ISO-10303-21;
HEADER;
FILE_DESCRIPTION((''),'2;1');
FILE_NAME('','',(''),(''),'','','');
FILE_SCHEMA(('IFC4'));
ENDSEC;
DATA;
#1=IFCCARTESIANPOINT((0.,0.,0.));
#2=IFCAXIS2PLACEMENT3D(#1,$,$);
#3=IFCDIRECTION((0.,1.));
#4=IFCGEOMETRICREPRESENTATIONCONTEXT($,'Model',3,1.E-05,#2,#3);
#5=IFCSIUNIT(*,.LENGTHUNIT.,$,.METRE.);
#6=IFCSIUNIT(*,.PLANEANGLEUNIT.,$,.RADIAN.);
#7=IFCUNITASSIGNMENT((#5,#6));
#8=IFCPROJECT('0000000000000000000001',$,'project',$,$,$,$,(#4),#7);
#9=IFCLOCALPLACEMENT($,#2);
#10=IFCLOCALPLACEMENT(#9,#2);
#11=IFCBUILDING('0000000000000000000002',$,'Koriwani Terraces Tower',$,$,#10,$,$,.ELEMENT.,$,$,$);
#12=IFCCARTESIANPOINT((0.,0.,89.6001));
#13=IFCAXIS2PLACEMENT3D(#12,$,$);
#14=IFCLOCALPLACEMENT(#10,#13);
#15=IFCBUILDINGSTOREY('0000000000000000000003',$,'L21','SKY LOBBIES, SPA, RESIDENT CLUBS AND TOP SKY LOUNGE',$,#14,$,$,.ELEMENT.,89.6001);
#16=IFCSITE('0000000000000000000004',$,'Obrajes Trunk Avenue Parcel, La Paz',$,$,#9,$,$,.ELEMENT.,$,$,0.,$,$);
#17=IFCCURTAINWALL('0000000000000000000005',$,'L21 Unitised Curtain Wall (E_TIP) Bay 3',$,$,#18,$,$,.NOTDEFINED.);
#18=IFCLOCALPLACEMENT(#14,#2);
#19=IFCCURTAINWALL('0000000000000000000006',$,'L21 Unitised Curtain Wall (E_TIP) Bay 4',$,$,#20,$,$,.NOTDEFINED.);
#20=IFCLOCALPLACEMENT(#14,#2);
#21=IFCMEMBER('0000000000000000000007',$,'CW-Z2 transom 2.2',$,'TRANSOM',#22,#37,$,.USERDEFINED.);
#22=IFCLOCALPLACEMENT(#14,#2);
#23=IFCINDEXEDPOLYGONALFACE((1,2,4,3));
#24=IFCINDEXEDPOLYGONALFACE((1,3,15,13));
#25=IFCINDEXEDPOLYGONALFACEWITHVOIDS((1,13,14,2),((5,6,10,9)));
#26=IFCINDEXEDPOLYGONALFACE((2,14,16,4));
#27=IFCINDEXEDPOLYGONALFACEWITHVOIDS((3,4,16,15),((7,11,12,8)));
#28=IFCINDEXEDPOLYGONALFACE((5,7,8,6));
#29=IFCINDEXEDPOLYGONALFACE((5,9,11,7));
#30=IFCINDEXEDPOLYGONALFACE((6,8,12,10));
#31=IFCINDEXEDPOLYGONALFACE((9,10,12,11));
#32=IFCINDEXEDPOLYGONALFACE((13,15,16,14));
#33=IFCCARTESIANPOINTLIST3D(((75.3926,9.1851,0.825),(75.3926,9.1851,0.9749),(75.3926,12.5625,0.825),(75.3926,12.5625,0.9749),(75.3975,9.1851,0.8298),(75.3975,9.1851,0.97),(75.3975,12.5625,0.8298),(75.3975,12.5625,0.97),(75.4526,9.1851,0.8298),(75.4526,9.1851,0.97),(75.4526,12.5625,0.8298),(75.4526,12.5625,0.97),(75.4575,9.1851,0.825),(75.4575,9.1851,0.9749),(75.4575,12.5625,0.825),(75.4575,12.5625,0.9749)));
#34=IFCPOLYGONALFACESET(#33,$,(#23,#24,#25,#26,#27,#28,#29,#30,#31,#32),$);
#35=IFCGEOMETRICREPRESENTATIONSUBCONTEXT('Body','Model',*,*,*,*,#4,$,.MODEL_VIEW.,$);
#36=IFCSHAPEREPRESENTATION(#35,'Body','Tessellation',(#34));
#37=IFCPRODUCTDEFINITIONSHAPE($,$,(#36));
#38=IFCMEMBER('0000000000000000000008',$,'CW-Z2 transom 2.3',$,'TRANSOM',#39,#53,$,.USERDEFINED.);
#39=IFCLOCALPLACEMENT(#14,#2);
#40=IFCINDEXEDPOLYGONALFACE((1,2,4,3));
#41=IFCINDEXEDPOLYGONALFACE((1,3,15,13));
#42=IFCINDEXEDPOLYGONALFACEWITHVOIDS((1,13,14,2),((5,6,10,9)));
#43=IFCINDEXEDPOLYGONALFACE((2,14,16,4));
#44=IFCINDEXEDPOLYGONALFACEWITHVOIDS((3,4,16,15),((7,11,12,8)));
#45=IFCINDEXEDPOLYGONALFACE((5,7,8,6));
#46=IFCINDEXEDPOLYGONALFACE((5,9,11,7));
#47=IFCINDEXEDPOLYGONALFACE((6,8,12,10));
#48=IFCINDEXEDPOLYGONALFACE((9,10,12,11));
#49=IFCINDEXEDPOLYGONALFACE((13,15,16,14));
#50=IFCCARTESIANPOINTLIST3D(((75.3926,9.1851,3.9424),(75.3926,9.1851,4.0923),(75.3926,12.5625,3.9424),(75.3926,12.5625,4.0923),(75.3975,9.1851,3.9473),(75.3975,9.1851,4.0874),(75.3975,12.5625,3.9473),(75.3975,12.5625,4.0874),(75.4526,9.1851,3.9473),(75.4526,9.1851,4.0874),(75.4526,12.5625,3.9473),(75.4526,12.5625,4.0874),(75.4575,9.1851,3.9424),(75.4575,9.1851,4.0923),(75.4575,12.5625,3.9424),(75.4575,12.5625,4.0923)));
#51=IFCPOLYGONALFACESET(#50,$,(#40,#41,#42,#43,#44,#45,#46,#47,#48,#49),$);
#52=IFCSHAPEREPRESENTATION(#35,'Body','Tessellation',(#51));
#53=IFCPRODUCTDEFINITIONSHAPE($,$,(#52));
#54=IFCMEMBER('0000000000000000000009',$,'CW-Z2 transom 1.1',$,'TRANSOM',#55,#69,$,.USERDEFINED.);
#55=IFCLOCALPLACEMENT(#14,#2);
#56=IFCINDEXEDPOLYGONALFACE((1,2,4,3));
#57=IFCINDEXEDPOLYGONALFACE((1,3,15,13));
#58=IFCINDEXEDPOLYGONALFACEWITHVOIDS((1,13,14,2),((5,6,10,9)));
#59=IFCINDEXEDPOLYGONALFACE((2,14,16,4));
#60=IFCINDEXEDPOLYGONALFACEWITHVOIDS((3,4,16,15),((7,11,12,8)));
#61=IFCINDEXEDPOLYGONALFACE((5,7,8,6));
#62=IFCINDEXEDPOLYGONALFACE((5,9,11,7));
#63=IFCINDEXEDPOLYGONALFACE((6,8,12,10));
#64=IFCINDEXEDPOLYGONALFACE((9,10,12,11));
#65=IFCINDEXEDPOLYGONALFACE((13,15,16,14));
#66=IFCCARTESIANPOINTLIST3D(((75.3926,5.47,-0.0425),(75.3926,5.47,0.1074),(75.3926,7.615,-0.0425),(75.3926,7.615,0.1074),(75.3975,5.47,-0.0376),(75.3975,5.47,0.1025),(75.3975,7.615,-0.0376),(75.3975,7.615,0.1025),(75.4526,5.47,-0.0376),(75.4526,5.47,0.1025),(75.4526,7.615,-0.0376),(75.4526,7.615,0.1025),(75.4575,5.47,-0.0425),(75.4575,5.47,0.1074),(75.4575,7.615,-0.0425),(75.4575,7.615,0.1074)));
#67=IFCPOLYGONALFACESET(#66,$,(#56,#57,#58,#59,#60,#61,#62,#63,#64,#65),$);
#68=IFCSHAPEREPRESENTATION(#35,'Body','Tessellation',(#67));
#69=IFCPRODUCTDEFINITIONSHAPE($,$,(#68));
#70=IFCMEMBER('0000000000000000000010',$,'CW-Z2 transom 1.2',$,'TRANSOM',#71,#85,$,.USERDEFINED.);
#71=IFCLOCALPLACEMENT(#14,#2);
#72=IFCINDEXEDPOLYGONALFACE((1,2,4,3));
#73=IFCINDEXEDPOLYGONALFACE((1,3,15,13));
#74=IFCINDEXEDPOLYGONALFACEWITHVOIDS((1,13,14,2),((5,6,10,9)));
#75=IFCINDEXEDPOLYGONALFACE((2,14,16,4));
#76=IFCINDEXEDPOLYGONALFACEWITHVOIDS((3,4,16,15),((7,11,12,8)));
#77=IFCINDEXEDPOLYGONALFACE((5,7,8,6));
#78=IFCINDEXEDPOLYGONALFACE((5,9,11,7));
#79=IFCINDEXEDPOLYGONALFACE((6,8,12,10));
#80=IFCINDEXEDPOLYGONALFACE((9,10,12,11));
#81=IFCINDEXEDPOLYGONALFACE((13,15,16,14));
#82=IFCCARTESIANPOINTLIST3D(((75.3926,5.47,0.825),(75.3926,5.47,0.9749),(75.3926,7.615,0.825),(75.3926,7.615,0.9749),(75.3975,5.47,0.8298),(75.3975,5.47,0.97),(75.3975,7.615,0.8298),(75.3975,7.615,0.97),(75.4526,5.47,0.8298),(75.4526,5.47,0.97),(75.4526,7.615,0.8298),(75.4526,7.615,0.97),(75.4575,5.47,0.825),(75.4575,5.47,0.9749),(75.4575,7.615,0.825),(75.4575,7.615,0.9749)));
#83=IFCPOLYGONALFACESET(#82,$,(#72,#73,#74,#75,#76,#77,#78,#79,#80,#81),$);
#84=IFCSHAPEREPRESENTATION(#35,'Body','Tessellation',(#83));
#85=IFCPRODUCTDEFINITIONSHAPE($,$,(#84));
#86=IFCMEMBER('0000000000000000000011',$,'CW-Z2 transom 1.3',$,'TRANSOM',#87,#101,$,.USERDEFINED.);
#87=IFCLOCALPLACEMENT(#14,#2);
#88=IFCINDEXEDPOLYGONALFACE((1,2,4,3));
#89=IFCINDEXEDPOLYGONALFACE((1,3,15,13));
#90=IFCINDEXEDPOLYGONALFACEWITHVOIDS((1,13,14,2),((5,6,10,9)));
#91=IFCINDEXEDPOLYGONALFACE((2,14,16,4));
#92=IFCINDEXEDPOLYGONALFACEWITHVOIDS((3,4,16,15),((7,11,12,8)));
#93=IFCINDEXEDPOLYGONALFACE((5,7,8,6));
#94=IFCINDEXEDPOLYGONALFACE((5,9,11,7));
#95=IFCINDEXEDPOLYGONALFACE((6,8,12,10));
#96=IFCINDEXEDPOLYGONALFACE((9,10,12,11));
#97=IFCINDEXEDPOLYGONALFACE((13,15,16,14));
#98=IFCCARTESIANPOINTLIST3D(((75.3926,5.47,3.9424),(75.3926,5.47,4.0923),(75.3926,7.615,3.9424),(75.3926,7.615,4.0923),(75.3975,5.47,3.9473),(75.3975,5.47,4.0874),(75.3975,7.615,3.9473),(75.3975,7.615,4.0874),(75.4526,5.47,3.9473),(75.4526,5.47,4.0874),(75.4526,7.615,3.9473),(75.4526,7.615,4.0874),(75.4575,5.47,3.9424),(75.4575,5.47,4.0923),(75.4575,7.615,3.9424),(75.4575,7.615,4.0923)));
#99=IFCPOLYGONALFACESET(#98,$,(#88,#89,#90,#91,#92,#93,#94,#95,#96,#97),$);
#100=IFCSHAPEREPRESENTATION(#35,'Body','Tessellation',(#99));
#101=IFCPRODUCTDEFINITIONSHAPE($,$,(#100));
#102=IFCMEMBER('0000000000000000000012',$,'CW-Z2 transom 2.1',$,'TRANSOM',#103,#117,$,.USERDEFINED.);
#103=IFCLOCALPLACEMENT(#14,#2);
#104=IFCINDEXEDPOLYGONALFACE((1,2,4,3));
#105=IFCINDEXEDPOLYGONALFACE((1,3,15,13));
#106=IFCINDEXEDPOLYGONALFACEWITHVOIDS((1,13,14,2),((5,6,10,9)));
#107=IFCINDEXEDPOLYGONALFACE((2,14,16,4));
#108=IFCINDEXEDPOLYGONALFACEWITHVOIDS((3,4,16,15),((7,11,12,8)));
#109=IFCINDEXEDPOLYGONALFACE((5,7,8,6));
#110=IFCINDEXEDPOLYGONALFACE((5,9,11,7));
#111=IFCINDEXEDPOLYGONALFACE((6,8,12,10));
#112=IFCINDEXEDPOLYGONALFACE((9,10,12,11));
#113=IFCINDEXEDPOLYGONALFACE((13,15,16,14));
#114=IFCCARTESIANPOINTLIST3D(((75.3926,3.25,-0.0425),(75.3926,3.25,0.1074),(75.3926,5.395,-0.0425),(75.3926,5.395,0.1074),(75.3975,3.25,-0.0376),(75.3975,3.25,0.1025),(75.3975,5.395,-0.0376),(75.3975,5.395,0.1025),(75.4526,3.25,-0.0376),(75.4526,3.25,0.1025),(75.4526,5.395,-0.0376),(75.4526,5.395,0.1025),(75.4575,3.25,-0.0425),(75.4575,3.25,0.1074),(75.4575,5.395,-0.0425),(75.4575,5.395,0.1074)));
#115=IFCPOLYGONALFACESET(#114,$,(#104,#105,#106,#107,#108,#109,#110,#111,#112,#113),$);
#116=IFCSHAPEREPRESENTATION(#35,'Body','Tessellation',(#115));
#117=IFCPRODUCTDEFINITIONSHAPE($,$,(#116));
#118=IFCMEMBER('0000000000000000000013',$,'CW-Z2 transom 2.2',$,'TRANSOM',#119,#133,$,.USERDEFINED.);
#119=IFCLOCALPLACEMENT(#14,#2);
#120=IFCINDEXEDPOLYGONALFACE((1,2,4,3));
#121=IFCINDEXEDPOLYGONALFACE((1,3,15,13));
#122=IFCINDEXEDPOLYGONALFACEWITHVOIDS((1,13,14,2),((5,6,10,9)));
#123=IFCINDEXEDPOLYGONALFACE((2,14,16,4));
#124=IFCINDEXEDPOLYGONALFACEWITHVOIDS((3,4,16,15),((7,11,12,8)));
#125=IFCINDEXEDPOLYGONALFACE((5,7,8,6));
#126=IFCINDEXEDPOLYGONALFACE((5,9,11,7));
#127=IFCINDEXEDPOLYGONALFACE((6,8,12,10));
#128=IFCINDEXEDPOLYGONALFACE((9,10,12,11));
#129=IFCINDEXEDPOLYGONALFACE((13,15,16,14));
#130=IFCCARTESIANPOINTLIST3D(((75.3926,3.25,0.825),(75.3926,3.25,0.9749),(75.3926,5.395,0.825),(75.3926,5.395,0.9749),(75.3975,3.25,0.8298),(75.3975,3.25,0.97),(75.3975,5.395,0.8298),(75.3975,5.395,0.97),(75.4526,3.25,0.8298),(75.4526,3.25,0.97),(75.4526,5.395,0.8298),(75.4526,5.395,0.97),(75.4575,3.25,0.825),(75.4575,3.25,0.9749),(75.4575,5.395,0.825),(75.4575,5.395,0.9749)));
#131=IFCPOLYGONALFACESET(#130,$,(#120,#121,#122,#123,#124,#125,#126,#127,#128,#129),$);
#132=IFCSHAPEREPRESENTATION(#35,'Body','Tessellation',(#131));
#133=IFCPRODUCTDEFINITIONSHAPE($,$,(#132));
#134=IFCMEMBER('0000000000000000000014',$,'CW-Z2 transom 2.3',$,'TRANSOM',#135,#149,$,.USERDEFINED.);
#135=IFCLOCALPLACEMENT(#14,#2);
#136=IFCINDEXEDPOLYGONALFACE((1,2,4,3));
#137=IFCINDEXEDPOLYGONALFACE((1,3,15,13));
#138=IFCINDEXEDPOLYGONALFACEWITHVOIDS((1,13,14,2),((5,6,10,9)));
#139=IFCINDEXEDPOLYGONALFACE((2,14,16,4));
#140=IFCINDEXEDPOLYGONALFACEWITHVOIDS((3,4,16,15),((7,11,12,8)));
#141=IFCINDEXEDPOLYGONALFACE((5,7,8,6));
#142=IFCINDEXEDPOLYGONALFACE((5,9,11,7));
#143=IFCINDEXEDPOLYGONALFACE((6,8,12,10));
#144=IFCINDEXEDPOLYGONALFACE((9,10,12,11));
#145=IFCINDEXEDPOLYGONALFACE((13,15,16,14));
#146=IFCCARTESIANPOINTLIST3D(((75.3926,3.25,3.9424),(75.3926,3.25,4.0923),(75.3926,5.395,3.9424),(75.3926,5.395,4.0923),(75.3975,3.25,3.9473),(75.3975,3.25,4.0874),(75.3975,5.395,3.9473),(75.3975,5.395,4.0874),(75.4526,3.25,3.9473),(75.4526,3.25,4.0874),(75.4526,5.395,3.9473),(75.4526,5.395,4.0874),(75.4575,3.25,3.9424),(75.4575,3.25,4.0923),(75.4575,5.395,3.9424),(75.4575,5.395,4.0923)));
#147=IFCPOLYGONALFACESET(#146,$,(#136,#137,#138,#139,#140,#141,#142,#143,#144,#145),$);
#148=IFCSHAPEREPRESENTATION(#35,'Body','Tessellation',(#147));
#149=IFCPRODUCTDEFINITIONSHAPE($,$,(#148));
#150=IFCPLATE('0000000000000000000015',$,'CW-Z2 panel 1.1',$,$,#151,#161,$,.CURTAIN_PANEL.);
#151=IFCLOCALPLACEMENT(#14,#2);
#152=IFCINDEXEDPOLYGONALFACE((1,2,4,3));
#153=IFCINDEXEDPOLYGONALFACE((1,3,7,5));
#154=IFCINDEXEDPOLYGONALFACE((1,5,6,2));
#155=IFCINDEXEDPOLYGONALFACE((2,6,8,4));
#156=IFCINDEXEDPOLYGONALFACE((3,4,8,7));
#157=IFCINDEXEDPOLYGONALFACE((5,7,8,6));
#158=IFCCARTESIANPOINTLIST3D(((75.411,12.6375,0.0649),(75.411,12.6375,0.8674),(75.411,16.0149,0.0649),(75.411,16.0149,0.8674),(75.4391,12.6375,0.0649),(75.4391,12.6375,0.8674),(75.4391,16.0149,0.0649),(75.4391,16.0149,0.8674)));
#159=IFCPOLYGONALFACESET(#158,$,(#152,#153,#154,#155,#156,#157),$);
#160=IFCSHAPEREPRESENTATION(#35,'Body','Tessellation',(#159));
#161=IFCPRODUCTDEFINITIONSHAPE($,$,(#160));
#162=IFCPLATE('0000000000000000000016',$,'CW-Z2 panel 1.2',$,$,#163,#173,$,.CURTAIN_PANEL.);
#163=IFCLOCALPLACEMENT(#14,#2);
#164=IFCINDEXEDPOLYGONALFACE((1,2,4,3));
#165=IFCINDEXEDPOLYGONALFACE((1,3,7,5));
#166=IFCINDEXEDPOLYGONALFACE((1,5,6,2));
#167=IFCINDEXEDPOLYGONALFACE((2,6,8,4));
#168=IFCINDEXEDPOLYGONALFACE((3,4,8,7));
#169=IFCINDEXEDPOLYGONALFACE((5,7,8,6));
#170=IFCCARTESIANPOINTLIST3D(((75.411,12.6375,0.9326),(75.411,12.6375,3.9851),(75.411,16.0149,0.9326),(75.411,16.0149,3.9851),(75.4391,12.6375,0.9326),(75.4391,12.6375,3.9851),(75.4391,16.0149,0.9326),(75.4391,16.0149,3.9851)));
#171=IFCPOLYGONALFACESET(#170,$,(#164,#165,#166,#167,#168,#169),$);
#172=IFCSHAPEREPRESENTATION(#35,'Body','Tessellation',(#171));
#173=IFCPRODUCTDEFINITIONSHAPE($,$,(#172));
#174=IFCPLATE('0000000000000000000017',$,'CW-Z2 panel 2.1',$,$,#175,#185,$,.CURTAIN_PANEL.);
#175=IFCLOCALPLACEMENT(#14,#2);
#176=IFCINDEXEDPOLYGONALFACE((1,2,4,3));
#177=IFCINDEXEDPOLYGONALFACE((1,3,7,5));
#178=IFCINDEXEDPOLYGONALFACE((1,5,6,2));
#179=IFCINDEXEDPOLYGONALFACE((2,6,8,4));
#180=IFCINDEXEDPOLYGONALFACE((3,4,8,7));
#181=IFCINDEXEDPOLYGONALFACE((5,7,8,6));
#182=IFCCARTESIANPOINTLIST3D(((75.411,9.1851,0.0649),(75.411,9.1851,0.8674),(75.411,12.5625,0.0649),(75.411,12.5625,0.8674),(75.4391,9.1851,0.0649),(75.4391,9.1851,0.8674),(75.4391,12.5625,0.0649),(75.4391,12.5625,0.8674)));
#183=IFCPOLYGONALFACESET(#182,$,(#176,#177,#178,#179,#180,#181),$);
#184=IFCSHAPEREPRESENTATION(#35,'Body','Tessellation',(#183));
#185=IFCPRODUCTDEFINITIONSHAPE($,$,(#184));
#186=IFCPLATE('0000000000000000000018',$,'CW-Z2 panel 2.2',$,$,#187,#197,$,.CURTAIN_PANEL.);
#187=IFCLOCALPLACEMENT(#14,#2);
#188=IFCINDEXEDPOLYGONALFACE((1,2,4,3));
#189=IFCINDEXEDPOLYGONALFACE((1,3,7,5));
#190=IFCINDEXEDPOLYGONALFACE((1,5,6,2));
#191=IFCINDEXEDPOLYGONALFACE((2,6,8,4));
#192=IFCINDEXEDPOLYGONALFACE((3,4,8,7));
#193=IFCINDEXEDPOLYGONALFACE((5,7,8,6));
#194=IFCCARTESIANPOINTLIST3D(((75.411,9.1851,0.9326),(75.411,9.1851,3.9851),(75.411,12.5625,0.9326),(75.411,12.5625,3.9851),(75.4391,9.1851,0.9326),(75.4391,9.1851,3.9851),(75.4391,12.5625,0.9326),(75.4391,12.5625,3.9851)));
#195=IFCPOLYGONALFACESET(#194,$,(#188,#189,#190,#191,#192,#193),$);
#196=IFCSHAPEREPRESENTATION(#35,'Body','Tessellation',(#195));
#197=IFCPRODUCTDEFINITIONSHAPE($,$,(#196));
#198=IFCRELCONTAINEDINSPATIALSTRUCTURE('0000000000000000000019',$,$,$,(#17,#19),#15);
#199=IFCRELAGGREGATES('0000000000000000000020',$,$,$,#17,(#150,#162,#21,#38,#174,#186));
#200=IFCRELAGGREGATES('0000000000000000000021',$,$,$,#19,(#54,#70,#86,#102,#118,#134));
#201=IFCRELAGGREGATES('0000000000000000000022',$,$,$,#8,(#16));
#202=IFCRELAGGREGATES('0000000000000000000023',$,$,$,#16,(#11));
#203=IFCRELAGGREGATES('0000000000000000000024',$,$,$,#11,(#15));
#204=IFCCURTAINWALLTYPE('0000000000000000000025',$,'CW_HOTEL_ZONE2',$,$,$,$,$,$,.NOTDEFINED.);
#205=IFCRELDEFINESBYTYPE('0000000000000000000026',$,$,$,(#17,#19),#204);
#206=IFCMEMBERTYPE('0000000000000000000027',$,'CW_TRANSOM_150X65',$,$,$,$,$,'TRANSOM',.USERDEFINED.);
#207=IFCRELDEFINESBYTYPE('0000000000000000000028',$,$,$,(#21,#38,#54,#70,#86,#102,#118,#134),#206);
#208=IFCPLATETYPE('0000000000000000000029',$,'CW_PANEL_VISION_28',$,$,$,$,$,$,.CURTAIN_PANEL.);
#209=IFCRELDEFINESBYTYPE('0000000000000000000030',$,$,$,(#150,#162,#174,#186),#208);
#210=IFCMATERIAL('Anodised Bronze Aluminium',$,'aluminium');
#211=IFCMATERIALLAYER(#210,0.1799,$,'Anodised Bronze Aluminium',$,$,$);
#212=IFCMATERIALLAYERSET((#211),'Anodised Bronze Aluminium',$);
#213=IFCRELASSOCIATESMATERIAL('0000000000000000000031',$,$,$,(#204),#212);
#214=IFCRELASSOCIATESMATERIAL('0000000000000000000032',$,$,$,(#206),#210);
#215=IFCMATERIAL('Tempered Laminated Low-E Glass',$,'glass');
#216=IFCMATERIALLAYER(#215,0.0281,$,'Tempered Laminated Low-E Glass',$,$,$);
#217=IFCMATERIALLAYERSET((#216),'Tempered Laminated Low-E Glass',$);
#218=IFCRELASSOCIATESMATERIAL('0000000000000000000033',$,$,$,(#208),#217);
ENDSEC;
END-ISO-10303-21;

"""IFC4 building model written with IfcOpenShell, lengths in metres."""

from ifc_helpers import new_model, si_unit, direction, frame, origin, origin_2d, place, context, subcontext, project, spatial, rectangle, hollow_rectangle, extrude, material, layer, layer_set, material_profile, profile_set, type_object, element, aggregate, save


model = new_model("IFC4")

# Units and contexts
model_context = context("Model", 3, precision=1e-05, world=origin(), true_north=direction((0.0, 1.0)))
body_context = subcontext(model_context, "Body", "Model", "MODEL_VIEW")
ifc_project = project(units=[si_unit("LENGTHUNIT", "METRE"), si_unit("PLANEANGLEUNIT", "RADIAN")], contexts=[model_context])

# Site, building, storey
site_placement = place(None, origin())
site = spatial("IfcSite", under=ifc_project, at=site_placement, Name="Obrajes Trunk Avenue Parcel, La Paz", CompositionType="ELEMENT", RefElevation=0.0)
building_placement = place(site_placement, origin())
building = spatial("IfcBuilding", under=site, at=building_placement, Name="Koriwani Terraces Tower", CompositionType="ELEMENT")
storey_placement = place(building_placement, frame((0.0, 0.0, 89.6001)))
storey = spatial("IfcBuildingStorey", under=building, at=storey_placement, Name="L21", Description="SKY LOBBIES, SPA, RESIDENT CLUBS AND TOP SKY LOUNGE", CompositionType="ELEMENT", Elevation=89.6001)

# Curtain walls
ifc_material_1 = material(Name="Anodised Bronze Aluminium", Category="aluminium")
ifc_layer_1 = layer(ifc_material_1, 0.1799, Name="Anodised Bronze Aluminium")
ifc_layer_set_1 = layer_set([ifc_layer_1], Name="Anodised Bronze Aluminium")
curtain_wall_type = type_object("IfcCurtainWallType", Name="CW_HOTEL_ZONE2", PredefinedType="NOTDEFINED", material=ifc_layer_set_1)
curtain_wall_1_placement = place(storey_placement, origin())
curtain_wall_1 = element("IfcCurtainWall", 1, at=curtain_wall_1_placement, inside=storey, type_object=curtain_wall_type, Name="L21 Unitised Curtain Wall (E_TIP) Bay 3", PredefinedType="NOTDEFINED")
curtain_wall_2_placement = place(storey_placement, origin())
curtain_wall_2 = element("IfcCurtainWall", 2, at=curtain_wall_2_placement, inside=storey, type_object=curtain_wall_type, Name="L21 Unitised Curtain Wall (E_TIP) Bay 4", PredefinedType="NOTDEFINED")

# Members
ifc_material_profile_1 = material_profile(ifc_material_1, hollow_rectangle(XDim=0.0649, YDim=0.1499, WallThickness=0.0049, at=origin_2d()), Name="Anodised Bronze Aluminium", Category="LoadBearing")
ifc_profile_set_1 = profile_set([ifc_material_profile_1], Name="Anodised Bronze Aluminium")
member_type_1 = type_object("IfcMemberType", Name="CW_TRANSOM_150X65", ElementType="TRANSOM", PredefinedType="USERDEFINED", material=ifc_profile_set_1)
member_1_placement = place(storey_placement, frame((75.425, 12.5625, 0.8999), z_axis=(0.0, -1.0, 0.0), x_axis=(1.0, 0.0, 0.0)))
member_1 = element("IfcMember", 3, at=member_1_placement, type_object=member_type_1, Name="CW-Z2 transom 2.2", ObjectType="TRANSOM", PredefinedType="USERDEFINED", context=body_context, shape_type="SweptSolid", body=[
    extrude(hollow_rectangle(XDim=0.0649, YDim=0.1499, WallThickness=0.0049, at=origin_2d()), origin(), (0.0, 0.0, 1.0), 3.3774),
])
member_2_placement = place(storey_placement, frame((75.425, 12.5625, 4.0173), z_axis=(0.0, -1.0, 0.0), x_axis=(1.0, 0.0, 0.0)))
member_2 = element("IfcMember", 4, at=member_2_placement, type_object=member_type_1, Name="CW-Z2 transom 2.3", ObjectType="TRANSOM", PredefinedType="USERDEFINED", context=body_context, shape_type="SweptSolid", body=[
    extrude(hollow_rectangle(XDim=0.0649, YDim=0.1499, WallThickness=0.0049, at=origin_2d()), origin(), (0.0, 0.0, 1.0), 3.3774),
])
member_3_placement = place(storey_placement, frame((75.425, 7.615, 0.0325), z_axis=(0.0, -1.0, 0.0), x_axis=(1.0, 0.0, 0.0)))
member_3 = element("IfcMember", 5, at=member_3_placement, type_object=member_type_1, Name="CW-Z2 transom 1.1", ObjectType="TRANSOM", PredefinedType="USERDEFINED", context=body_context, shape_type="SweptSolid", body=[
    extrude(hollow_rectangle(XDim=0.0649, YDim=0.1499, WallThickness=0.0049, at=origin_2d()), origin(), (0.0, 0.0, 1.0), 2.145),
])
member_4_placement = place(storey_placement, frame((75.425, 7.615, 0.8999), z_axis=(0.0, -1.0, 0.0), x_axis=(1.0, 0.0, 0.0)))
member_4 = element("IfcMember", 6, at=member_4_placement, type_object=member_type_1, Name="CW-Z2 transom 1.2", ObjectType="TRANSOM", PredefinedType="USERDEFINED", context=body_context, shape_type="SweptSolid", body=[
    extrude(hollow_rectangle(XDim=0.0649, YDim=0.1499, WallThickness=0.0049, at=origin_2d()), origin(), (0.0, 0.0, 1.0), 2.145),
])
member_5_placement = place(storey_placement, frame((75.425, 7.615, 4.0173), z_axis=(0.0, -1.0, 0.0), x_axis=(1.0, 0.0, 0.0)))
member_5 = element("IfcMember", 7, at=member_5_placement, type_object=member_type_1, Name="CW-Z2 transom 1.3", ObjectType="TRANSOM", PredefinedType="USERDEFINED", context=body_context, shape_type="SweptSolid", body=[
    extrude(hollow_rectangle(XDim=0.0649, YDim=0.1499, WallThickness=0.0049, at=origin_2d()), origin(), (0.0, 0.0, 1.0), 2.145),
])
member_6_placement = place(storey_placement, frame((75.425, 5.395, 0.0325), z_axis=(0.0, -1.0, 0.0), x_axis=(1.0, 0.0, 0.0)))
member_6 = element("IfcMember", 8, at=member_6_placement, type_object=member_type_1, Name="CW-Z2 transom 2.1", ObjectType="TRANSOM", PredefinedType="USERDEFINED", context=body_context, shape_type="SweptSolid", body=[
    extrude(hollow_rectangle(XDim=0.0649, YDim=0.1499, WallThickness=0.0049, at=origin_2d()), origin(), (0.0, 0.0, 1.0), 2.145),
])
member_7_placement = place(storey_placement, frame((75.425, 5.395, 0.8999), z_axis=(0.0, -1.0, 0.0), x_axis=(1.0, 0.0, 0.0)))
member_7 = element("IfcMember", 9, at=member_7_placement, type_object=member_type_1, Name="CW-Z2 transom 2.2", ObjectType="TRANSOM", PredefinedType="USERDEFINED", context=body_context, shape_type="SweptSolid", body=[
    extrude(hollow_rectangle(XDim=0.0649, YDim=0.1499, WallThickness=0.0049, at=origin_2d()), origin(), (0.0, 0.0, 1.0), 2.145),
])
member_8_placement = place(storey_placement, frame((75.425, 5.395, 4.0173), z_axis=(0.0, -1.0, 0.0), x_axis=(1.0, 0.0, 0.0)))
member_8 = element("IfcMember", 10, at=member_8_placement, type_object=member_type_1, Name="CW-Z2 transom 2.3", ObjectType="TRANSOM", PredefinedType="USERDEFINED", context=body_context, shape_type="SweptSolid", body=[
    extrude(hollow_rectangle(XDim=0.0649, YDim=0.1499, WallThickness=0.0049, at=origin_2d()), origin(), (0.0, 0.0, 1.0), 2.145),
])

# Plates
ifc_material_2 = material(Name="Tempered Laminated Low-E Glass", Category="glass")
ifc_layer_2 = layer(ifc_material_2, 0.0281, Name="Tempered Laminated Low-E Glass")
ifc_layer_set_2 = layer_set([ifc_layer_2], Name="Tempered Laminated Low-E Glass")
plate_type = type_object("IfcPlateType", Name="CW_PANEL_VISION_28", PredefinedType="CURTAIN_PANEL", material=ifc_layer_set_2)
plate_1_placement = place(storey_placement, frame((75.425, 14.3262, 0.0649), z_axis=(0.0, 0.0, 1.0), x_axis=(0.0, -1.0, 0.0)))
plate_1 = element("IfcPlate", 11, at=plate_1_placement, type_object=plate_type, Name="CW-Z2 panel 1.1", PredefinedType="CURTAIN_PANEL", context=body_context, shape_type="SweptSolid", body=[
    extrude(rectangle(XDim=3.3774, YDim=0.0281, at=origin_2d()), origin(), (0.0, 0.0, 1.0), 0.8025),
])
plate_2_placement = place(storey_placement, frame((75.425, 14.3262, 0.9326), z_axis=(0.0, 0.0, 1.0), x_axis=(0.0, -1.0, 0.0)))
plate_2 = element("IfcPlate", 12, at=plate_2_placement, type_object=plate_type, Name="CW-Z2 panel 1.2", PredefinedType="CURTAIN_PANEL", context=body_context, shape_type="SweptSolid", body=[
    extrude(rectangle(XDim=3.3774, YDim=0.0281, at=origin_2d()), origin(), (0.0, 0.0, 1.0), 3.0525),
])
plate_3_placement = place(storey_placement, frame((75.425, 10.8738, 0.0649), z_axis=(0.0, 0.0, 1.0), x_axis=(0.0, -1.0, 0.0)))
plate_3 = element("IfcPlate", 13, at=plate_3_placement, type_object=plate_type, Name="CW-Z2 panel 2.1", PredefinedType="CURTAIN_PANEL", context=body_context, shape_type="SweptSolid", body=[
    extrude(rectangle(XDim=3.3774, YDim=0.0281, at=origin_2d()), origin(), (0.0, 0.0, 1.0), 0.8025),
])
plate_4_placement = place(storey_placement, frame((75.425, 10.8738, 0.9326), z_axis=(0.0, 0.0, 1.0), x_axis=(0.0, -1.0, 0.0)))
plate_4 = element("IfcPlate", 14, at=plate_4_placement, type_object=plate_type, Name="CW-Z2 panel 2.2", PredefinedType="CURTAIN_PANEL", context=body_context, shape_type="SweptSolid", body=[
    extrude(rectangle(XDim=3.3774, YDim=0.0281, at=origin_2d()), origin(), (0.0, 0.0, 1.0), 3.0525),
])
aggregate(curtain_wall_1, [plate_1, plate_2, member_1, member_2, plate_3, plate_4])
aggregate(curtain_wall_2, [member_3, member_4, member_5, member_6, member_7, member_8])

save(model, "model.ifc")
